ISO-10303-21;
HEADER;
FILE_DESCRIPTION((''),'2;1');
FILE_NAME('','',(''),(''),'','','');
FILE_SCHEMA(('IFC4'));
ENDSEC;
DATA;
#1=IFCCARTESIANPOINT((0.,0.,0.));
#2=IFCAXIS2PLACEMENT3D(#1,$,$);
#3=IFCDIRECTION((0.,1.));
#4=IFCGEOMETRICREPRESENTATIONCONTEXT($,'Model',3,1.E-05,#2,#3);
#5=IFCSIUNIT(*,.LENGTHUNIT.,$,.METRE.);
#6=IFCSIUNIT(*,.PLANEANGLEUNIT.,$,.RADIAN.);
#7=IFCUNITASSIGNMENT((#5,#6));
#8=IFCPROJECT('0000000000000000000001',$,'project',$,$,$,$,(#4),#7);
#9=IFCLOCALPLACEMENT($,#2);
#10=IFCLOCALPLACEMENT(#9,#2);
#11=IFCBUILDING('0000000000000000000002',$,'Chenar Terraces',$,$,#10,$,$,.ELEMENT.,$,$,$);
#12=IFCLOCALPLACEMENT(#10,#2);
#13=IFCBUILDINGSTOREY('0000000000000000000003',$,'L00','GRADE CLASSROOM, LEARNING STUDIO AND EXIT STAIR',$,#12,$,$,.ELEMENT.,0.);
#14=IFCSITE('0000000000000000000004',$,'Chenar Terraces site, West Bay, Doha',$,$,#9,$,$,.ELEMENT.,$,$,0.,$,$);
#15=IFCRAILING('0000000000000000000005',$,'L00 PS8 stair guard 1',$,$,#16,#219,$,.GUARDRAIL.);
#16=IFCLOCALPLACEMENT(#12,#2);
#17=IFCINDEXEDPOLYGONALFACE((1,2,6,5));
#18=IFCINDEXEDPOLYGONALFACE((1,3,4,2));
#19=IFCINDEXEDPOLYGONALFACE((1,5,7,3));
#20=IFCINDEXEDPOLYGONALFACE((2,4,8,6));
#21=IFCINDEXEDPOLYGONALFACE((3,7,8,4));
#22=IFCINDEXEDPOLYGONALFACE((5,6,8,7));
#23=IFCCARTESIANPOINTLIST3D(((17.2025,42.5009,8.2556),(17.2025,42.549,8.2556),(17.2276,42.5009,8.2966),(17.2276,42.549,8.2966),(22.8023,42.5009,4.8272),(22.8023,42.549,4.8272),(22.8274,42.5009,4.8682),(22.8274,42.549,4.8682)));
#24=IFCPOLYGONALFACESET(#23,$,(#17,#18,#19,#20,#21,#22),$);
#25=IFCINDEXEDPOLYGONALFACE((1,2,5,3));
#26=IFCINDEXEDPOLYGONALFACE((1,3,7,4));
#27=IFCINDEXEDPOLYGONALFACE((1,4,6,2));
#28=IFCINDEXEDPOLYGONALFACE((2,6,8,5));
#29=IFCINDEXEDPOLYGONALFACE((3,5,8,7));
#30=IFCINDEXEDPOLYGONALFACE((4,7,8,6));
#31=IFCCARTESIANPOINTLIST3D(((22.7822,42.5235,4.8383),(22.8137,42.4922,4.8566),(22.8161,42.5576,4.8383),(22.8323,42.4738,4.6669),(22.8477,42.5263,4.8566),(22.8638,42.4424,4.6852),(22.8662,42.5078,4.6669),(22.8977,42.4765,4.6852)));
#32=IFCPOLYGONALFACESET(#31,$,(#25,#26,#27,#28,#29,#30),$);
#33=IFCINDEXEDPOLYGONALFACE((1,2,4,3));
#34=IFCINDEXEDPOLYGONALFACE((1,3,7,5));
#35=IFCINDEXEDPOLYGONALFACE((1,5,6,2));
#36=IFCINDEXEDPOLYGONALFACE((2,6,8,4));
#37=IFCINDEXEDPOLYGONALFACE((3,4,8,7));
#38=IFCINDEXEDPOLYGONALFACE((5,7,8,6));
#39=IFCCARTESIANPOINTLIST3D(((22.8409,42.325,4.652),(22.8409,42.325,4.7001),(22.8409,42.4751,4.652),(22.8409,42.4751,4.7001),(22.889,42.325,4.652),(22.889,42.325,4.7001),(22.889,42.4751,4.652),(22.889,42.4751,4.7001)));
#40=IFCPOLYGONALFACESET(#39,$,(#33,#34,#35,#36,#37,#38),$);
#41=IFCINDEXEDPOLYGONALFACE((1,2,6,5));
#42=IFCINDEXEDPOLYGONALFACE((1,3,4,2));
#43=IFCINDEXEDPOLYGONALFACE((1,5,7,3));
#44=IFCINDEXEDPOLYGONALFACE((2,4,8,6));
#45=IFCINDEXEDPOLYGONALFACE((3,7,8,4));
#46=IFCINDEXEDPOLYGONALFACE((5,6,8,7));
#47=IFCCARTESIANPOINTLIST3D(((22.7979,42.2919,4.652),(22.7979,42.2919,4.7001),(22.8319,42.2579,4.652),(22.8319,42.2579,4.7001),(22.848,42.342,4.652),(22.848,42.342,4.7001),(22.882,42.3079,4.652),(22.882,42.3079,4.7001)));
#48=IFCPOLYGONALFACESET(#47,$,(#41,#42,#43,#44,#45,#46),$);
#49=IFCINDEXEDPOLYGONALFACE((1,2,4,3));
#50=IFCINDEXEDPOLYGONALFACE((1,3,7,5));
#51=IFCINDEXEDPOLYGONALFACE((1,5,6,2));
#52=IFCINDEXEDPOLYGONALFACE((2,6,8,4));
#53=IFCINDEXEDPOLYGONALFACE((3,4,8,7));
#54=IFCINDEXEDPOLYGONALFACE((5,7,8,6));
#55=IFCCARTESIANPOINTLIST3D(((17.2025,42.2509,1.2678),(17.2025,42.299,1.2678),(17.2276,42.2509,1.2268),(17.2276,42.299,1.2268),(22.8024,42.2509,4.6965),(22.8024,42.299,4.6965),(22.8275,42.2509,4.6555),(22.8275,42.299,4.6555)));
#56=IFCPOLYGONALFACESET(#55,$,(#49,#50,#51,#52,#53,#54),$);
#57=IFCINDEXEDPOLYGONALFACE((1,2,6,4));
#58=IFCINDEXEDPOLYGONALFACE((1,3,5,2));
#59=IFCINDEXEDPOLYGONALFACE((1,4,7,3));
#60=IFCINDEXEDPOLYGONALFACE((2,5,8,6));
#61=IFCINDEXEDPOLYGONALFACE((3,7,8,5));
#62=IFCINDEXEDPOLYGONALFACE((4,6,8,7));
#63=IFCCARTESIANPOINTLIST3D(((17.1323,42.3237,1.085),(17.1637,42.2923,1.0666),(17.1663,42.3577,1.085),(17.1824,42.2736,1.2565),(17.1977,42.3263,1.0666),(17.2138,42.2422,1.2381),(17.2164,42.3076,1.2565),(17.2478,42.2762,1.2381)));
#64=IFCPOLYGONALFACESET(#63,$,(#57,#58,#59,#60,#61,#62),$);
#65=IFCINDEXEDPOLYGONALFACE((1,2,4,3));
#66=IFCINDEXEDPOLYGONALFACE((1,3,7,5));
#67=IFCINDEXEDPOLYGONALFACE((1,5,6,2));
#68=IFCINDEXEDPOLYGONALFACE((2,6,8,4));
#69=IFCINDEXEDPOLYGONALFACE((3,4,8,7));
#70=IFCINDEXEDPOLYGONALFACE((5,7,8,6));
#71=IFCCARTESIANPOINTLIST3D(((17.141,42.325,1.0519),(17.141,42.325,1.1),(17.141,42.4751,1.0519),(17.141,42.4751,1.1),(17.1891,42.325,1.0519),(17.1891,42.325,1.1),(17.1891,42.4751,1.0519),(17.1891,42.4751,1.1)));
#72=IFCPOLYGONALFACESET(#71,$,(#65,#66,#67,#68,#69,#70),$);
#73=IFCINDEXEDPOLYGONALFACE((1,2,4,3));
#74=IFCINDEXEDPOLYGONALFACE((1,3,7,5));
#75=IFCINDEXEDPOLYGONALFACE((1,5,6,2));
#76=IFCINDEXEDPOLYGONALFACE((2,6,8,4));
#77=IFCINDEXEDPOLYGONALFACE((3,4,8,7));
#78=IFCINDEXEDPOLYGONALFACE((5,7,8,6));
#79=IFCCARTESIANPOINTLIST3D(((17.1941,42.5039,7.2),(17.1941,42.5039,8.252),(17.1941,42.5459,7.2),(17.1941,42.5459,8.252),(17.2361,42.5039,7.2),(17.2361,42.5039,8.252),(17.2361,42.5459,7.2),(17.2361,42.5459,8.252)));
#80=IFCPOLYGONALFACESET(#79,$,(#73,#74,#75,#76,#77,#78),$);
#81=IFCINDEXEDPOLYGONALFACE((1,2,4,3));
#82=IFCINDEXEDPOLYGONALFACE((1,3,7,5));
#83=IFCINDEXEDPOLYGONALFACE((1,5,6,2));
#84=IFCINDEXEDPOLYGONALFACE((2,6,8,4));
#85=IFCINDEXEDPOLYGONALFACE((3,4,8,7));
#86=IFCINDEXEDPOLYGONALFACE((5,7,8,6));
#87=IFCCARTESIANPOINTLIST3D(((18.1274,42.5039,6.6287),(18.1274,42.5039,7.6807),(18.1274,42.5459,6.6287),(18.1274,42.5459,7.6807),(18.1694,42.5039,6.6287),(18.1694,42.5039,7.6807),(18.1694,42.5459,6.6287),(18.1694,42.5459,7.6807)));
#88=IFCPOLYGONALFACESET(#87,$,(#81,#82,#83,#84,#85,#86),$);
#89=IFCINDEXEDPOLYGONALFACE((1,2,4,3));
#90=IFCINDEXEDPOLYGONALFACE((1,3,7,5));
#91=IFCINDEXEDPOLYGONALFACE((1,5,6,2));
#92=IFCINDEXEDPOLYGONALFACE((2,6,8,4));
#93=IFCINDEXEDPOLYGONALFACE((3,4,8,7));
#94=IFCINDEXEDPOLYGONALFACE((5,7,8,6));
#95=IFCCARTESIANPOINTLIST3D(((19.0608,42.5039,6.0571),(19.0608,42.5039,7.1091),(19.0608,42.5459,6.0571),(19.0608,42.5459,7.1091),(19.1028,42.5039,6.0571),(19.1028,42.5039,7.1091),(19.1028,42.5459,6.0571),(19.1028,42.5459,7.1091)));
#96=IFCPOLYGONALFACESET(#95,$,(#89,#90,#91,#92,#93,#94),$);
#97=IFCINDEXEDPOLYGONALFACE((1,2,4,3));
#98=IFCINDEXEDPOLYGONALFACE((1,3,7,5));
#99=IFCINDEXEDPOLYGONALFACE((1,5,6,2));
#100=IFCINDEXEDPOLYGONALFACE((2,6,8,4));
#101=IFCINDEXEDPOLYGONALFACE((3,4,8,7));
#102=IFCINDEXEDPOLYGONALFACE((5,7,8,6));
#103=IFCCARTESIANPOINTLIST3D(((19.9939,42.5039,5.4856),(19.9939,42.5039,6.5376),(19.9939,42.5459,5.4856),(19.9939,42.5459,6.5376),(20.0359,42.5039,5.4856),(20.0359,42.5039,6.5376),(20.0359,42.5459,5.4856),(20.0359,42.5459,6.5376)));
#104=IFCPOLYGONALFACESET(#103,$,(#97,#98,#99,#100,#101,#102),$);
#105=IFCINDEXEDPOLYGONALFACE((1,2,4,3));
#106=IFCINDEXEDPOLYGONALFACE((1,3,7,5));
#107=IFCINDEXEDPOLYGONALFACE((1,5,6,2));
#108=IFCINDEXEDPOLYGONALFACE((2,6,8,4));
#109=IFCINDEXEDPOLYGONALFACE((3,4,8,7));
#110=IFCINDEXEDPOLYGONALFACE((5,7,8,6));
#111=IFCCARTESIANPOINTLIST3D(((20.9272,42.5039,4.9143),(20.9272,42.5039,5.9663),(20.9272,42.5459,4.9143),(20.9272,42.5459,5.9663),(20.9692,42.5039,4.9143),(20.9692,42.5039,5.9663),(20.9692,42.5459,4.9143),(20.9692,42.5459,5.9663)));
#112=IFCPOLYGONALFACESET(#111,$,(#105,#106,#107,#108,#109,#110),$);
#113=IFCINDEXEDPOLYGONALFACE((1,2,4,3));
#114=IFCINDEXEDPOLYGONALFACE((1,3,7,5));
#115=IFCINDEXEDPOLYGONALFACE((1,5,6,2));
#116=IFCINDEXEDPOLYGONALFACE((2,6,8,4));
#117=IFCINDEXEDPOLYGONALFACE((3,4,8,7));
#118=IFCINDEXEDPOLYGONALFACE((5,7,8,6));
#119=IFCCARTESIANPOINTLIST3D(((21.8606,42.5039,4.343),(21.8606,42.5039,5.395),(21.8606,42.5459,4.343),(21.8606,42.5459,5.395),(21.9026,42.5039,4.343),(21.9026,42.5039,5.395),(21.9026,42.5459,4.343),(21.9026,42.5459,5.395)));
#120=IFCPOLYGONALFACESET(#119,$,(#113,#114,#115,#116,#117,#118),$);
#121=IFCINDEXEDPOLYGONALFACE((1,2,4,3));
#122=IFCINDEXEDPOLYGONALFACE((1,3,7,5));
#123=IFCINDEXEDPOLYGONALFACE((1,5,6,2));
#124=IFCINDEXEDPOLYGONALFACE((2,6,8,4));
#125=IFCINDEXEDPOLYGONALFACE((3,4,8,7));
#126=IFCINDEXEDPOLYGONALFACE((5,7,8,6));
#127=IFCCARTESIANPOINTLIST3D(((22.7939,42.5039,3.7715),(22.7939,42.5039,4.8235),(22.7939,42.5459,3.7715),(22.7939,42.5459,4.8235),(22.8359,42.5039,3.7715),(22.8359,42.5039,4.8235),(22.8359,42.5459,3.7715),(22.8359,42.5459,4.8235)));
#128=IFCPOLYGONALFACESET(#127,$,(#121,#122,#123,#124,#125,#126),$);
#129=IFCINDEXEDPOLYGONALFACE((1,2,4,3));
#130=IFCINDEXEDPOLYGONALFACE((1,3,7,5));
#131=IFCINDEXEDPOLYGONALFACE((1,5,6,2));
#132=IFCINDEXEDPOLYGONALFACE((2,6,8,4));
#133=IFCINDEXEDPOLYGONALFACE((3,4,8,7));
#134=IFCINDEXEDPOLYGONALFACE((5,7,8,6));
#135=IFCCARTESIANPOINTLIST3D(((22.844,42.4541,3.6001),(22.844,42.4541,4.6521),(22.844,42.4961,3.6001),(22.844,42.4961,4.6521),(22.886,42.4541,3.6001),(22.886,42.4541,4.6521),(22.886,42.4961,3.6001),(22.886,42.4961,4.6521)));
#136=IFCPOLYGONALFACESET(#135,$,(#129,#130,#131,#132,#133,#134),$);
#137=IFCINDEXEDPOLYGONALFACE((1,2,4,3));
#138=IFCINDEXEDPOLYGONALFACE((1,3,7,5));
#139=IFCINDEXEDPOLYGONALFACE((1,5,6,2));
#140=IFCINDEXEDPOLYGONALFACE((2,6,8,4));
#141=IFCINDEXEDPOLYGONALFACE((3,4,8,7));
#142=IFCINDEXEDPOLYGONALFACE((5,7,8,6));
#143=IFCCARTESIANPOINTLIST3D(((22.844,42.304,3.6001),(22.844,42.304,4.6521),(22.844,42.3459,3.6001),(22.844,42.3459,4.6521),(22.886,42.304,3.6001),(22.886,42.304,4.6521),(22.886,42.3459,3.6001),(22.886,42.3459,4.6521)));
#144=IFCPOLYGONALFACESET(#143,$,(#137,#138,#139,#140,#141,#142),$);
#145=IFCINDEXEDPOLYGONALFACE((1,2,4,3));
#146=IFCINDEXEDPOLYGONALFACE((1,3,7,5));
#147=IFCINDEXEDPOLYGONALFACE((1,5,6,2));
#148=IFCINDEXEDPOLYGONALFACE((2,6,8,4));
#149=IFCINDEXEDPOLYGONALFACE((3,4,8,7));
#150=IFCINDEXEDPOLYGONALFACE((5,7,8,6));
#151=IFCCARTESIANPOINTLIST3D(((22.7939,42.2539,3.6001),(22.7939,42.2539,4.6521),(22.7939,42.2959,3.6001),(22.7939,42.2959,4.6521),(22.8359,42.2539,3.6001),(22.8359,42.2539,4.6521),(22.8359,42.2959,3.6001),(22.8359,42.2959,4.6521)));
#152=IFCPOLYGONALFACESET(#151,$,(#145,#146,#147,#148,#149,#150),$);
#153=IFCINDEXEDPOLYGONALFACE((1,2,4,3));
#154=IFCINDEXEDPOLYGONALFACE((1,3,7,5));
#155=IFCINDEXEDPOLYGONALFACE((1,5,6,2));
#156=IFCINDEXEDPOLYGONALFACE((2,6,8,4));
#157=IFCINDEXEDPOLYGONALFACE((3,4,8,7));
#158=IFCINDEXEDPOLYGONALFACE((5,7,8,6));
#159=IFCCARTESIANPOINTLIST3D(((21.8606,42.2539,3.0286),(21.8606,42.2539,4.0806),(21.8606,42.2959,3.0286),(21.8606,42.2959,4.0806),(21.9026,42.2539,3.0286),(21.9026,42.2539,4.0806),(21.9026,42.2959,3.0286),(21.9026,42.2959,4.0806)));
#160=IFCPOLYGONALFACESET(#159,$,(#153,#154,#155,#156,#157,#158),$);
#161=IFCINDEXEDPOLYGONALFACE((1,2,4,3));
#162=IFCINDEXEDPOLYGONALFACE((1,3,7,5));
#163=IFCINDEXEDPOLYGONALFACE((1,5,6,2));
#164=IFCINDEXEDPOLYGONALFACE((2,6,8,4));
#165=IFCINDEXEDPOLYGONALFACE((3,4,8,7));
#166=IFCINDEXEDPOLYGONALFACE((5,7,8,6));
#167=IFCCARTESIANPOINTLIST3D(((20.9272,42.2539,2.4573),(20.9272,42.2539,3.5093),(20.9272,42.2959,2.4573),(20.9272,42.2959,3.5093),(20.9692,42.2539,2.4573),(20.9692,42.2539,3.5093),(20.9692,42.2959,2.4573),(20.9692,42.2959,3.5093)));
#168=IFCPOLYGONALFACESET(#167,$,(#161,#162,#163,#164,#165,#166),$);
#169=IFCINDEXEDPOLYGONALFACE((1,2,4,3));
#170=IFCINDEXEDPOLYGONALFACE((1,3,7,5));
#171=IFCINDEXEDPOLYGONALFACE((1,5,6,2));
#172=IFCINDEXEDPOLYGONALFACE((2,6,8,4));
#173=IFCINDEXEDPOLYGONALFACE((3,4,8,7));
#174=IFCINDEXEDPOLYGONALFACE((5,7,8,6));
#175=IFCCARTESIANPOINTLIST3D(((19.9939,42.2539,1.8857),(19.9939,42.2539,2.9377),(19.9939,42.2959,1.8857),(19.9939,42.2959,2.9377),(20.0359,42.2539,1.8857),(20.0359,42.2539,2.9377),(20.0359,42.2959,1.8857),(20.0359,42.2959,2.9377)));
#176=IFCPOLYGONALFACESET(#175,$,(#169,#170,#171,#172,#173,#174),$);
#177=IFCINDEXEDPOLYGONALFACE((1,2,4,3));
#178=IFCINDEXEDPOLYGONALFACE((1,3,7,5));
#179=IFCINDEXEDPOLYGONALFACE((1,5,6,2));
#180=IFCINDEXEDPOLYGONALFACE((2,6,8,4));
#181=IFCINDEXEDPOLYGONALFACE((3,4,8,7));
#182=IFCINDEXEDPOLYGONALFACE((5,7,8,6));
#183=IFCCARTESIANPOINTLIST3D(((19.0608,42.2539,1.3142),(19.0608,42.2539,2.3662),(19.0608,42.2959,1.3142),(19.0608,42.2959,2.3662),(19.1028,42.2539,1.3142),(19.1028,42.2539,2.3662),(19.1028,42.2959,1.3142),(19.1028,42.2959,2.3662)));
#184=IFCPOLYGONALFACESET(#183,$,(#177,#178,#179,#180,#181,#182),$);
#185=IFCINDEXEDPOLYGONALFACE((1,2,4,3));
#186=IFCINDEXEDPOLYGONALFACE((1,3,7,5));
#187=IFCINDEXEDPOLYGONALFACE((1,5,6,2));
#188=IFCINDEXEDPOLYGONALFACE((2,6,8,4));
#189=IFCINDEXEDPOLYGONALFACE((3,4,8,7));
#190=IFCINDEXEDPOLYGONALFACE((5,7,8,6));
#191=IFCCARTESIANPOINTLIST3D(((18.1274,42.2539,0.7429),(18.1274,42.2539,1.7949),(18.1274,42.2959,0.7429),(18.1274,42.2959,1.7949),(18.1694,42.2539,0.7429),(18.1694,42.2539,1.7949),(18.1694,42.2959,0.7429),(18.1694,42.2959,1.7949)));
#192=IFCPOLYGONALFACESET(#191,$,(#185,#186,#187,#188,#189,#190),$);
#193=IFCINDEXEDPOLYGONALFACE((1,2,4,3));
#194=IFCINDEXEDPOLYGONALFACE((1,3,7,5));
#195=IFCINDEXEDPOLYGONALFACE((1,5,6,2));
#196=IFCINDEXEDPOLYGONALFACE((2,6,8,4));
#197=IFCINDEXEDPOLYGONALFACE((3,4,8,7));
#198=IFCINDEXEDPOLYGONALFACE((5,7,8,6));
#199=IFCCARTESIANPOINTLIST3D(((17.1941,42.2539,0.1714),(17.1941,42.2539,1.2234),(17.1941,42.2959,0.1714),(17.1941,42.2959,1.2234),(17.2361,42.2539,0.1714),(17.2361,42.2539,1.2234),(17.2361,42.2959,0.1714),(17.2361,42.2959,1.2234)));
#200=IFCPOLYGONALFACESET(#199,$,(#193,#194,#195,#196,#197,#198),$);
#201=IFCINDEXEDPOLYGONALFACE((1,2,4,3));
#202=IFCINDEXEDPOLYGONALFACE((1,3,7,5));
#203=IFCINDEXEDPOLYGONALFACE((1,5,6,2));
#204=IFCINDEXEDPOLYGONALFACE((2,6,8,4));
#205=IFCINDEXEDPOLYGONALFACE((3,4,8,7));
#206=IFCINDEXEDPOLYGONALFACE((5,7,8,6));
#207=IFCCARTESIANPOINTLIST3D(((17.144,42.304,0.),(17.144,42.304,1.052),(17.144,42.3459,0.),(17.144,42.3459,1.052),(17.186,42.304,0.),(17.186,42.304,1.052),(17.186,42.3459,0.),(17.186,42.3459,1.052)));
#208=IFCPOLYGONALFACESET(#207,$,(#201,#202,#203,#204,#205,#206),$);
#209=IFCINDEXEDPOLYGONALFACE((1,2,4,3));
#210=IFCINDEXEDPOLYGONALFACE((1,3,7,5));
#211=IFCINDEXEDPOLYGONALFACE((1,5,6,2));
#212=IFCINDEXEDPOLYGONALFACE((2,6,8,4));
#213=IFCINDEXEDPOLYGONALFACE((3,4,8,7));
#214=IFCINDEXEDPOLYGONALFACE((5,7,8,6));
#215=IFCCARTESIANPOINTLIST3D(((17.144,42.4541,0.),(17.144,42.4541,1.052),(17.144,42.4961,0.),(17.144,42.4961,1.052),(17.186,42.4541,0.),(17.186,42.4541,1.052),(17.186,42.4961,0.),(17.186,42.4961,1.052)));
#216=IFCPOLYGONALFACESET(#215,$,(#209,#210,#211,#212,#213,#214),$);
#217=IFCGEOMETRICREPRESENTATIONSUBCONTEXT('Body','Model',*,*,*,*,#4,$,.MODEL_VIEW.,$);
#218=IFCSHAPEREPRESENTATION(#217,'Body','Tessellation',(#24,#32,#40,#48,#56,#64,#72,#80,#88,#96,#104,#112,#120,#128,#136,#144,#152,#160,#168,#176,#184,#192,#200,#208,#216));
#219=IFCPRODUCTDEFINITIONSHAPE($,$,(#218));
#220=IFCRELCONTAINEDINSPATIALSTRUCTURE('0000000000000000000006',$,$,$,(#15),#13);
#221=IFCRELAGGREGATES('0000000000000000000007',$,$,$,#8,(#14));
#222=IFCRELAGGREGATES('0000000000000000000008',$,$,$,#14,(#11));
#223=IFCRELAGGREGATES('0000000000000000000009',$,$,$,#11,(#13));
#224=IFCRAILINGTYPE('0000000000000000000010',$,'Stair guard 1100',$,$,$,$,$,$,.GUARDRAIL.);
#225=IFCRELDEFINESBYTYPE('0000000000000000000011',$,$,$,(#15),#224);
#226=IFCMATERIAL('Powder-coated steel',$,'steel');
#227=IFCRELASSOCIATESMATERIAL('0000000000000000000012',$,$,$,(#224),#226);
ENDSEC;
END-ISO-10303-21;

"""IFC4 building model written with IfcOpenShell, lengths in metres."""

from ifc_helpers import new_model, si_unit, direction, frame, origin, origin_2d, place, context, subcontext, project, spatial, rectangle, extrude, material, type_object, element, save


model = new_model("IFC4")

# Units and contexts
model_context = context("Model", 3, precision=1e-05, world=origin(), true_north=direction((0.0, 1.0)))
body_context = subcontext(model_context, "Body", "Model", "MODEL_VIEW")
ifc_project = project(units=[si_unit("LENGTHUNIT", "METRE"), si_unit("PLANEANGLEUNIT", "RADIAN")], contexts=[model_context])

# Site, building, storey
site_placement = place(None, origin())
site = spatial("IfcSite", under=ifc_project, at=site_placement, Name="Chenar Terraces site, West Bay, Doha", CompositionType="ELEMENT", RefElevation=0.0)
building_placement = place(site_placement, origin())
building = spatial("IfcBuilding", under=site, at=building_placement, Name="Chenar Terraces", CompositionType="ELEMENT")
storey_placement = place(building_placement, origin())
storey = spatial("IfcBuildingStorey", under=building, at=storey_placement, Name="L00", Description="GRADE CLASSROOM, LEARNING STUDIO AND EXIT STAIR", CompositionType="ELEMENT", Elevation=0.0)

# Railing
ifc_material_1 = material(Name="Powder-coated steel", Category="steel")
railing_type_1 = type_object("IfcRailingType", Name="Stair guard 1100", PredefinedType="GUARDRAIL", material=ifc_material_1)
railing_1_placement = place(storey_placement, frame((17.2151, 42.5249, 7.2)))
element("IfcRailing", 1, at=railing_1_placement, inside=storey, type_object=railing_type_1, Name="L00 PS8 stair guard 1", PredefinedType="GUARDRAIL", context=body_context, shape_type="SweptSolid", body=[
    extrude(rectangle(XDim=0.0481, YDim=0.0481, at=origin_2d()), frame((0.0, 0.0, 1.0762), z_axis=(0.852852, 0.0, -0.522152), x_axis=(0.0, 1.0, 0.0)), (0.0, 0.0, 1.0), 6.5659),
    extrude(rectangle(XDim=0.0481, YDim=0.0481, at=origin_2d()), frame((5.5999, 0.0, -2.3525), z_axis=(0.270007, -0.26869, -0.924609), x_axis=(0.705376, 0.708834, 0.0)), (0.0, 0.0, 1.0), 0.1853),
    extrude(rectangle(XDim=0.0481, YDim=0.0481, at=origin_2d()), frame((5.6499, -0.0498, -2.5239), z_axis=(0.0, -1.0, 0.0), x_axis=(1.0, 0.0, 0.0)), (0.0, 0.0, 1.0), 0.1501),
    extrude(rectangle(XDim=0.0481, YDim=0.0481, at=origin_2d()), frame((5.6499, -0.2, -2.5239), z_axis=(-0.707107, -0.707107, 0.0), x_axis=(0.707107, -0.707107, 0.0)), (0.0, 0.0, 1.0), 0.0708),
    extrude(rectangle(XDim=0.0481, YDim=0.0481, at=origin_2d()), frame((5.5999, -0.25, -2.5239), z_axis=(-0.852836, 0.0, -0.522179), x_axis=(0.0, -1.0, 0.0)), (0.0, 0.0, 1.0), 6.5662),
    extrude(rectangle(XDim=0.0481, YDim=0.0481, at=origin_2d()), frame((0.0, -0.25, -5.9526), z_axis=(-0.269911, 0.269911, -0.924281), x_axis=(-0.707107, -0.707107, 0.0)), (0.0, 0.0, 1.0), 0.1855),
    extrude(rectangle(XDim=0.0481, YDim=0.0481, at=origin_2d()), frame((-0.05, -0.2, -6.124), z_axis=(0.0, 1.0, 0.0), x_axis=(-1.0, 0.0, 0.0)), (0.0, 0.0, 1.0), 0.1501),
    extrude(rectangle(XDim=0.042, YDim=0.042, at=origin_2d()), origin(), (0.0, 0.0, 1.0), 1.052),
    extrude(rectangle(XDim=0.042, YDim=0.042, at=origin_2d()), frame((0.9333, 0.0, -0.5713)), (0.0, 0.0, 1.0), 1.052),
    extrude(rectangle(XDim=0.042, YDim=0.042, at=origin_2d()), frame((1.8667, 0.0, -1.1428)), (0.0, 0.0, 1.0), 1.052),
    extrude(rectangle(XDim=0.042, YDim=0.042, at=origin_2d()), frame((2.7998, 0.0, -1.7144)), (0.0, 0.0, 1.0), 1.052),
    extrude(rectangle(XDim=0.042, YDim=0.042, at=origin_2d()), frame((3.7332, 0.0, -2.2856)), (0.0, 0.0, 1.0), 1.052),
    extrude(rectangle(XDim=0.042, YDim=0.042, at=origin_2d()), frame((4.6665, 0.0, -2.8569)), (0.0, 0.0, 1.0), 1.052),
    extrude(rectangle(XDim=0.042, YDim=0.042, at=origin_2d()), frame((5.5999, 0.0, -3.4285)), (0.0, 0.0, 1.0), 1.052),
    extrude(rectangle(XDim=0.042, YDim=0.042, at=origin_2d()), frame((5.6499, -0.0498, -3.5999)), (0.0, 0.0, 1.0), 1.052),
    extrude(rectangle(XDim=0.042, YDim=0.042, at=origin_2d()), frame((5.6499, -0.2, -3.5999)), (0.0, 0.0, 1.0), 1.052),
    extrude(rectangle(XDim=0.042, YDim=0.042, at=origin_2d()), frame((5.5999, -0.25, -3.5999)), (0.0, 0.0, 1.0), 1.052),
    extrude(rectangle(XDim=0.042, YDim=0.042, at=origin_2d()), frame((4.6665, -0.25, -4.1714)), (0.0, 0.0, 1.0), 1.052),
    extrude(rectangle(XDim=0.042, YDim=0.042, at=origin_2d()), frame((3.7332, -0.25, -4.7427)), (0.0, 0.0, 1.0), 1.052),
    extrude(rectangle(XDim=0.042, YDim=0.042, at=origin_2d()), frame((2.7998, -0.25, -5.3142)), (0.0, 0.0, 1.0), 1.052),
    extrude(rectangle(XDim=0.042, YDim=0.042, at=origin_2d()), frame((1.8667, -0.25, -5.8857)), (0.0, 0.0, 1.0), 1.052),
    extrude(rectangle(XDim=0.042, YDim=0.042, at=origin_2d()), frame((0.9333, -0.25, -6.457)), (0.0, 0.0, 1.0), 1.052),
    extrude(rectangle(XDim=0.042, YDim=0.042, at=origin_2d()), frame((0.0, -0.25, -7.0286)), (0.0, 0.0, 1.0), 1.052),
    extrude(rectangle(XDim=0.042, YDim=0.042, at=origin_2d()), frame((-0.05, -0.2, -7.2)), (0.0, 0.0, 1.0), 1.052),
    extrude(rectangle(XDim=0.042, YDim=0.042, at=origin_2d()), frame((-0.05, -0.0498, -7.2)), (0.0, 0.0, 1.0), 1.052),
])

save(model, "model.ifc")
